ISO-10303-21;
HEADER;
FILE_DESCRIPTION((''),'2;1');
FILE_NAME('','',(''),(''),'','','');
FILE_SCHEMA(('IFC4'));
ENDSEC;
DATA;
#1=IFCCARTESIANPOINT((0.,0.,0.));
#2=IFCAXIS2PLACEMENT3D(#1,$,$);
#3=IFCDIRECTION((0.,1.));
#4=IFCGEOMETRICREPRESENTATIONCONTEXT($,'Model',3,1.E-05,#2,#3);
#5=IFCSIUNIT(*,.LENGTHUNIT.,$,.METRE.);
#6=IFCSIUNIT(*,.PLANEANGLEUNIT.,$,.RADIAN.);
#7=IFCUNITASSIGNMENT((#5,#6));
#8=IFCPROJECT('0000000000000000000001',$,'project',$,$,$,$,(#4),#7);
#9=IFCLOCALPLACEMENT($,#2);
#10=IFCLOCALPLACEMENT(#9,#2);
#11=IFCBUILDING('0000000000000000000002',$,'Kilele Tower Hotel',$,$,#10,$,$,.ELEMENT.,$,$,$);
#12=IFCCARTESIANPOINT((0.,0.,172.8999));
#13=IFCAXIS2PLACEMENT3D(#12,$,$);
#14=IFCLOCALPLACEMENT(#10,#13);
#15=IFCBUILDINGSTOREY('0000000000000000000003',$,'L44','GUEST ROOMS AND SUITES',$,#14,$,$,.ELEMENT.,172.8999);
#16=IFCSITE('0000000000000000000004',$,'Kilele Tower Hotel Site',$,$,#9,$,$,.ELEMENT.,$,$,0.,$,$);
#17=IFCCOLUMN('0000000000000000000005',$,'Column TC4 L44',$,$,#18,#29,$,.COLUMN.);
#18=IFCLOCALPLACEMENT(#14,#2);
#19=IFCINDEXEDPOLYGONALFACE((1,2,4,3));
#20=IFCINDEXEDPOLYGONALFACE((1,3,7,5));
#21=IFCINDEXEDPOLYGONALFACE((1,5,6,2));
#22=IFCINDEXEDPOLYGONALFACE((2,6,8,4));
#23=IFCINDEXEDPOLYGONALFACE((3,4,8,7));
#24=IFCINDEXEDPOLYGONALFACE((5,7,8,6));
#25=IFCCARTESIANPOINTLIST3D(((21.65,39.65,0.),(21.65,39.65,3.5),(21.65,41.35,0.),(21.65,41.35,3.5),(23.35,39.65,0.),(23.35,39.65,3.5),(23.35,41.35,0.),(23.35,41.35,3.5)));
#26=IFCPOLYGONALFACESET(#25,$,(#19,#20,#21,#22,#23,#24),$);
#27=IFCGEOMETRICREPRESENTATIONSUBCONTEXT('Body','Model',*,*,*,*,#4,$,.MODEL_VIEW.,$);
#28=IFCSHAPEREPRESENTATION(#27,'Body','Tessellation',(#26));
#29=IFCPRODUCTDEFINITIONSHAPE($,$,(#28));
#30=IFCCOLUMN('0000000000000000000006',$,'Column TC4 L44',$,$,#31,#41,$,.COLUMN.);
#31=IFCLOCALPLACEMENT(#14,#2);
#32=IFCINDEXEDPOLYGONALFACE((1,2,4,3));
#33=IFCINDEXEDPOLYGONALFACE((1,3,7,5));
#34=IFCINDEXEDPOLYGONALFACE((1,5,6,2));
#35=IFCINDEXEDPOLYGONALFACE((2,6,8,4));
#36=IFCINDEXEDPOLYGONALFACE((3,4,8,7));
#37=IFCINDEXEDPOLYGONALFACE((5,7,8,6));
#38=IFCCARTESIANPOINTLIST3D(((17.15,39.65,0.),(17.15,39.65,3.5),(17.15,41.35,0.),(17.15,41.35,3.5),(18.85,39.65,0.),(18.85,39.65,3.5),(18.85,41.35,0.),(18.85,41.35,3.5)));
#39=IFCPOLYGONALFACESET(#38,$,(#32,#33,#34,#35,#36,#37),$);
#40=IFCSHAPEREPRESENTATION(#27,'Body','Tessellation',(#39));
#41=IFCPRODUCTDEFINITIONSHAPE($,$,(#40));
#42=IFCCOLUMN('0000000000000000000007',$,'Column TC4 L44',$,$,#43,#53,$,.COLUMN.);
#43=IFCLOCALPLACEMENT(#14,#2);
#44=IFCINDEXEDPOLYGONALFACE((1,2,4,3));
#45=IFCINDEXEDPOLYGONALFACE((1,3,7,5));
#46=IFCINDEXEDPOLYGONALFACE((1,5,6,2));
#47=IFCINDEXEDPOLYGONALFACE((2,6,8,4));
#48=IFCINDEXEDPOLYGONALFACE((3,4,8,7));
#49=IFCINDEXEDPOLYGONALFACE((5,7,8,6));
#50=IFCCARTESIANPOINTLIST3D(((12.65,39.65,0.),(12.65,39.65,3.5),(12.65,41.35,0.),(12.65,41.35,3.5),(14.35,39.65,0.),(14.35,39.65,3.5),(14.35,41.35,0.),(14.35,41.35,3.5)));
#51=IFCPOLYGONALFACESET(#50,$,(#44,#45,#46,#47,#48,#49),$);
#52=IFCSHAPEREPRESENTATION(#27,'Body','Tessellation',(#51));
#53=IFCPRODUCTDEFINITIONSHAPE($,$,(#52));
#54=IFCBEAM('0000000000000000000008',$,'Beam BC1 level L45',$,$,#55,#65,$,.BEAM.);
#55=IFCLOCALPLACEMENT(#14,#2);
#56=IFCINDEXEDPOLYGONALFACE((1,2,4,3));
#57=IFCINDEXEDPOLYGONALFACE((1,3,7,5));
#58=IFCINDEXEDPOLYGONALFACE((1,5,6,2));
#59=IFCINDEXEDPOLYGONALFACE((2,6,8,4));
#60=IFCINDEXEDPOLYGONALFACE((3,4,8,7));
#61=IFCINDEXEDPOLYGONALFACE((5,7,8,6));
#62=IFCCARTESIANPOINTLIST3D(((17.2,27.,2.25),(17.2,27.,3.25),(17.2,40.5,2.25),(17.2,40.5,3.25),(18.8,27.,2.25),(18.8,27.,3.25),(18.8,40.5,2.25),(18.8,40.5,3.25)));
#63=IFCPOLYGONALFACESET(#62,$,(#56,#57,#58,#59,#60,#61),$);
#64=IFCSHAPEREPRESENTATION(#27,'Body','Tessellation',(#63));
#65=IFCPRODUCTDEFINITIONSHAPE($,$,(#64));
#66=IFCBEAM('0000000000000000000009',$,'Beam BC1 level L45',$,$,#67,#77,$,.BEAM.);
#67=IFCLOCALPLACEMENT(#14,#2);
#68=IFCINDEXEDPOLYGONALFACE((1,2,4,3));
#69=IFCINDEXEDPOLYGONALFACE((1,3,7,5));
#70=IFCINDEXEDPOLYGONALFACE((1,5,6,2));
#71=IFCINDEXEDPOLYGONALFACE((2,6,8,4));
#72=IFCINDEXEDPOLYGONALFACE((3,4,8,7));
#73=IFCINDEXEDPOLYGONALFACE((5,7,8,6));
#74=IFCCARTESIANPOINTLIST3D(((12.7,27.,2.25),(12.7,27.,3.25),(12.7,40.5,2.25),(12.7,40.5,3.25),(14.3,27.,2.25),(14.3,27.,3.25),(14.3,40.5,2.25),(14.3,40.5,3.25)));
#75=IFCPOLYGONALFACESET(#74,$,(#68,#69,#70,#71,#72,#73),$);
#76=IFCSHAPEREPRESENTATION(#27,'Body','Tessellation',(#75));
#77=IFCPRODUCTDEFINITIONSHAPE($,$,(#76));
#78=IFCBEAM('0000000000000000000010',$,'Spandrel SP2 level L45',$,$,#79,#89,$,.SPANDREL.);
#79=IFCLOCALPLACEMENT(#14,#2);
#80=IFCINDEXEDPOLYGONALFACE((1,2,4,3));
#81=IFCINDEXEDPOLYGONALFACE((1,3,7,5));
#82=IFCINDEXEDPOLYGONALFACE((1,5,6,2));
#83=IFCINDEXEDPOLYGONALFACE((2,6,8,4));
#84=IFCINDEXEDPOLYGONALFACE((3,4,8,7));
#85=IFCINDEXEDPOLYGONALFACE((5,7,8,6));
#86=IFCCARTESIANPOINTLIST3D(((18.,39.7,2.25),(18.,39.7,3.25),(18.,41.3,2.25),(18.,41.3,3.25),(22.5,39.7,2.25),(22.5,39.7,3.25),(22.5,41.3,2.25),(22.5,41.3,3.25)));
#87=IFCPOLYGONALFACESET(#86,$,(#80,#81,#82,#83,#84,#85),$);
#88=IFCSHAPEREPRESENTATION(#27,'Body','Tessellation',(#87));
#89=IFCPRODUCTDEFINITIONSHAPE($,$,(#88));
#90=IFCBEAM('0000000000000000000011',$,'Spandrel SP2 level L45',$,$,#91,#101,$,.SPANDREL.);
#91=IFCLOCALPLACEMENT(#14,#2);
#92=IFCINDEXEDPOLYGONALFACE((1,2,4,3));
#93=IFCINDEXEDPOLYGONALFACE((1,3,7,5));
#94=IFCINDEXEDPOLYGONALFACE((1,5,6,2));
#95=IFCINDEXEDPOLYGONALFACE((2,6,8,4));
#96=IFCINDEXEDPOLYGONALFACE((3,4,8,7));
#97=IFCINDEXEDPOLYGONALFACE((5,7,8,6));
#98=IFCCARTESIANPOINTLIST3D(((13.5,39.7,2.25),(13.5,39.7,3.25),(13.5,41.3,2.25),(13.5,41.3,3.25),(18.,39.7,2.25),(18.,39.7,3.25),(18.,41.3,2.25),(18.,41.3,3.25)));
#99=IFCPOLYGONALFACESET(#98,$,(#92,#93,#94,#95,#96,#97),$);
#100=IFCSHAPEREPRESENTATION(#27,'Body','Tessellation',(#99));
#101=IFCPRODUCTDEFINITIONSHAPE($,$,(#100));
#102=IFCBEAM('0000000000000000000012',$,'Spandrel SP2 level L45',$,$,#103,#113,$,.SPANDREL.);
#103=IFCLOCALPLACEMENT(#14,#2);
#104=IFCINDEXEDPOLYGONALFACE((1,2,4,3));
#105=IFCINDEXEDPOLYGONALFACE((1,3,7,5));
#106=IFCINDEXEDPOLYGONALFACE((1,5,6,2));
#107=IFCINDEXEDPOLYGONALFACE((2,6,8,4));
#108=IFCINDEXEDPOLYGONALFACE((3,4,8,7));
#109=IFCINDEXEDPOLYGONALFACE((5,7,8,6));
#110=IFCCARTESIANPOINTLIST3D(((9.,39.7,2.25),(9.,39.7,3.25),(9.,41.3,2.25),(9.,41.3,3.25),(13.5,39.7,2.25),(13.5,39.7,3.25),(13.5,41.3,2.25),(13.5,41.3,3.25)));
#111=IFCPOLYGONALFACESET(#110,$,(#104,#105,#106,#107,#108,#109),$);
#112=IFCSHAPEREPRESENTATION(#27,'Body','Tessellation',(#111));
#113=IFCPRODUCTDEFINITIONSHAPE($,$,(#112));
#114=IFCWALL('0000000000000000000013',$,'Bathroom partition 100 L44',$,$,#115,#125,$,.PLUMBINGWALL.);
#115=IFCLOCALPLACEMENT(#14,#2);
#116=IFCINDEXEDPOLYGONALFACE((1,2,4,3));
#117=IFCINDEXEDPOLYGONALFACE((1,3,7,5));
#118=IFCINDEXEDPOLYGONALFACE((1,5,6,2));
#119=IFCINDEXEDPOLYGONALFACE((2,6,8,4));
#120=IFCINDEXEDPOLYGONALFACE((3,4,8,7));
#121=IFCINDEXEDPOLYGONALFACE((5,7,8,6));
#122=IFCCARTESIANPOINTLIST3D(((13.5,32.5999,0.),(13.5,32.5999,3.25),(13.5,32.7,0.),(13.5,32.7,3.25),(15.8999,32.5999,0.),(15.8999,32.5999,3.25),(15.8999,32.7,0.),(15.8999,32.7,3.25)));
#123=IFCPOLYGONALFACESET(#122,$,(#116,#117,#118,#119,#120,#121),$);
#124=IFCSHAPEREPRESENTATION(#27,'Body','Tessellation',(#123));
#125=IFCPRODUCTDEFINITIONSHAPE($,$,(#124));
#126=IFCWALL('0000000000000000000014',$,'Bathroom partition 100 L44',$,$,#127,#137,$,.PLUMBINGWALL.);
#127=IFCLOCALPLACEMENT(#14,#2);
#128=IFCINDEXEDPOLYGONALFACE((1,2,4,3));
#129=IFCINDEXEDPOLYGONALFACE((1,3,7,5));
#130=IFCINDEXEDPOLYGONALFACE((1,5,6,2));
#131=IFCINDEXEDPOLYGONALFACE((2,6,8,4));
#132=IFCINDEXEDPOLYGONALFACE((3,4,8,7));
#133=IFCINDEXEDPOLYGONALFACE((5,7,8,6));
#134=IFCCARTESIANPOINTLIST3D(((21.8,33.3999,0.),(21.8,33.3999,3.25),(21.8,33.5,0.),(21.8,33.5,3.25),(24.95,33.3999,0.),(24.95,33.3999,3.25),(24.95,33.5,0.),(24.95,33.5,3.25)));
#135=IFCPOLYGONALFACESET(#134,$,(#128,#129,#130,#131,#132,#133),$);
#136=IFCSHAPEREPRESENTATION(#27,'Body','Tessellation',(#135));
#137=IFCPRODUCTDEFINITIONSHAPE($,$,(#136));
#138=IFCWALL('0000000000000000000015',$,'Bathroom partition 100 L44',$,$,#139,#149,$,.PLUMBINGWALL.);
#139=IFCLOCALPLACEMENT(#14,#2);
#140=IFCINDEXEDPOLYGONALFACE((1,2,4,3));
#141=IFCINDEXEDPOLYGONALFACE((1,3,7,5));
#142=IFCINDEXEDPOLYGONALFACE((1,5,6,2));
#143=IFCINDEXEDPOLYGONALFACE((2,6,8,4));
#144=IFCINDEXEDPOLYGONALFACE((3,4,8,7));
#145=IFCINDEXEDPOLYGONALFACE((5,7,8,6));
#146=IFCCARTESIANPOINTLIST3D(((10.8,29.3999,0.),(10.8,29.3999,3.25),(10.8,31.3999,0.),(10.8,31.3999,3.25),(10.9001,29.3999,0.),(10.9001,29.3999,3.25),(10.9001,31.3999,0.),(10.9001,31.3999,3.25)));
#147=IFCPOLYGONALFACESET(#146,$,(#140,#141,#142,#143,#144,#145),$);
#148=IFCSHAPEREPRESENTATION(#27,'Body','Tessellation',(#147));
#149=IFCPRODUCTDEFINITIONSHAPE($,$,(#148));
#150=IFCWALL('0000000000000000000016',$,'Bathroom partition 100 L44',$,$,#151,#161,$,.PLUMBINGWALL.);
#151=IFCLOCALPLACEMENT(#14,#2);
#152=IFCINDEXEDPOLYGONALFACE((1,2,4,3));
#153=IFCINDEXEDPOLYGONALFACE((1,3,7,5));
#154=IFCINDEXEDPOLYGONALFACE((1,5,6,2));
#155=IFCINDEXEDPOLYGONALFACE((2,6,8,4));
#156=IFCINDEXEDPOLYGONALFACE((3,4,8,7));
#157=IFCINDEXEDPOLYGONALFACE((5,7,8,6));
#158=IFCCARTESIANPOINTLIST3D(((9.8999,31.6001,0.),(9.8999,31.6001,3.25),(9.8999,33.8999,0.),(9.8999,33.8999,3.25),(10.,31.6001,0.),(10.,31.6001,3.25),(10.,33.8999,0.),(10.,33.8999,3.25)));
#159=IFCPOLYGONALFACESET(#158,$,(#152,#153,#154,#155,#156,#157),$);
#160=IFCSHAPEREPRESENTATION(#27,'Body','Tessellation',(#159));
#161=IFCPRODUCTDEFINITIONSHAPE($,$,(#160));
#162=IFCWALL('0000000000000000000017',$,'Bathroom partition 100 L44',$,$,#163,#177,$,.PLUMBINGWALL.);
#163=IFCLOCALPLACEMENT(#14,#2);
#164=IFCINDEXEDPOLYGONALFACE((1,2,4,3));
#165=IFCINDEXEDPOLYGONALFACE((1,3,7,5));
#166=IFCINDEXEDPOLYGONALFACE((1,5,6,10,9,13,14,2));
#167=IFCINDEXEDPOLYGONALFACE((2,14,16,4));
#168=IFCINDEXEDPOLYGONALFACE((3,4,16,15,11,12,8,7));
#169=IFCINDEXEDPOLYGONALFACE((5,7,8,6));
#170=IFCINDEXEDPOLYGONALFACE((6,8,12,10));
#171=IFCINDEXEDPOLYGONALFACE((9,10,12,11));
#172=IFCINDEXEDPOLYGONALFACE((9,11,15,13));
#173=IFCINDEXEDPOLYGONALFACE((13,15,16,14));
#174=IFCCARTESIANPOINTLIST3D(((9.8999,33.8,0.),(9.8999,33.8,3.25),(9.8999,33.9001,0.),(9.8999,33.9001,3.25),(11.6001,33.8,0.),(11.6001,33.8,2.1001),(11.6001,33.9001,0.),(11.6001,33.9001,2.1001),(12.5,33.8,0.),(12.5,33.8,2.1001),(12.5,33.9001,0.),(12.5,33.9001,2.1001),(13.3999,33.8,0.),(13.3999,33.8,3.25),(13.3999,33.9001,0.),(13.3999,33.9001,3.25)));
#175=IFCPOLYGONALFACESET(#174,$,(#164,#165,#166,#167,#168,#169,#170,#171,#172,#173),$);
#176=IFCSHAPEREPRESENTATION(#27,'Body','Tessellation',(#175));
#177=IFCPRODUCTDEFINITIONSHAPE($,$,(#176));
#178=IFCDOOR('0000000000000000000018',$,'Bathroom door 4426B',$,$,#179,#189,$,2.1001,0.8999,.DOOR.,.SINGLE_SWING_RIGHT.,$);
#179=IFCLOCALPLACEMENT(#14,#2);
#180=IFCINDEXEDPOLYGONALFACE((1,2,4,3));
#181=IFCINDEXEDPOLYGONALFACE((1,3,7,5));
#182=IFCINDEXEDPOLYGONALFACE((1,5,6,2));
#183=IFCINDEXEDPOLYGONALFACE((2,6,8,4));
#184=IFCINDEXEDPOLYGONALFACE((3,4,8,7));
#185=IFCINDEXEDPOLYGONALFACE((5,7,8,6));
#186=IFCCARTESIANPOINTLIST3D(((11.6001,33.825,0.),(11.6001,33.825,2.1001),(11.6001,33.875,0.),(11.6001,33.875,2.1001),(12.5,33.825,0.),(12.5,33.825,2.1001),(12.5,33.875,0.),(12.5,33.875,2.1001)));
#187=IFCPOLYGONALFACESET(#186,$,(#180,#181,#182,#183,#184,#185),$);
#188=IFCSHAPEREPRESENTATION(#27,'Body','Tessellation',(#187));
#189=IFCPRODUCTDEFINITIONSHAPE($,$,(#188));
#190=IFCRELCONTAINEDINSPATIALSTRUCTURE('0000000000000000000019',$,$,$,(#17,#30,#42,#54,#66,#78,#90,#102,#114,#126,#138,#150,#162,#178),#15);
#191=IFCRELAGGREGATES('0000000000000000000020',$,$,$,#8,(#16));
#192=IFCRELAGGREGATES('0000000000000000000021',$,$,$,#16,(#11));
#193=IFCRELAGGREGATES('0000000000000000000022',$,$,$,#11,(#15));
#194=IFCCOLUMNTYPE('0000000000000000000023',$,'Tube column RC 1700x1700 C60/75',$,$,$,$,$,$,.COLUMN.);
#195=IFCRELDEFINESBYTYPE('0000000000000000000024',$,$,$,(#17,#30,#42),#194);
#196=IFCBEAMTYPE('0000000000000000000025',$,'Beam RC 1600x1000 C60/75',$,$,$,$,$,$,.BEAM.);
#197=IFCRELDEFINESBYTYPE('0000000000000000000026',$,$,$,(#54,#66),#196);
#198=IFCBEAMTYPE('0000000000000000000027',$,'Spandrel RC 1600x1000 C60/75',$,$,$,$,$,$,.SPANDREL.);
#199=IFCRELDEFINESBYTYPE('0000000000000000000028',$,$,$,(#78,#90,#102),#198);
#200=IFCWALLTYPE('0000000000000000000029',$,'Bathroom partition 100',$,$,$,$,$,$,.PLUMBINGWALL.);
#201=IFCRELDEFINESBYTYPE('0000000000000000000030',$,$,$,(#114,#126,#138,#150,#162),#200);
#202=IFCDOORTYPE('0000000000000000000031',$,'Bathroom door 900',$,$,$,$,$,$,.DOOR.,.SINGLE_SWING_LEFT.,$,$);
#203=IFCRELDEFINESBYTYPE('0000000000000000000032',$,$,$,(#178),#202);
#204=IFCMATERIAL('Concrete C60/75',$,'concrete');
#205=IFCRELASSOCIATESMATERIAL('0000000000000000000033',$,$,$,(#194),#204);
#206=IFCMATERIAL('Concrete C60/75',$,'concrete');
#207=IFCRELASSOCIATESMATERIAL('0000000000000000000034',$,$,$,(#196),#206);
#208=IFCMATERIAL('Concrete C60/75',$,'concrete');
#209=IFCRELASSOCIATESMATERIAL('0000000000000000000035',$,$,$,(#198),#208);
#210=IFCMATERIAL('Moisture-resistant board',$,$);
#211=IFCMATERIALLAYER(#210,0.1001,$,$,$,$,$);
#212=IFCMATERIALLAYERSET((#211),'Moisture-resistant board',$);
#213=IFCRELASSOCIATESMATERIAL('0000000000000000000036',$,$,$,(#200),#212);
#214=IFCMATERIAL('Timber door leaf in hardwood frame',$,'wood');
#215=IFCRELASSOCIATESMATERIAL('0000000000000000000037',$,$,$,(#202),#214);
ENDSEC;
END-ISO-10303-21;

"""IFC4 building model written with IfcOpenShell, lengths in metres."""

from ifc_helpers import new_model, si_unit, direction, frame, frame_2d, origin, origin_2d, place, context, subcontext, project, spatial, rectangle, extrude, material, layer, layer_set, material_profile, profile_set, type_object, element, fill, save


model = new_model("IFC4")

# Units and contexts
model_context = context("Model", 3, precision=1e-05, world=origin(), true_north=direction((0.0, 1.0)))
body_context = subcontext(model_context, "Body", "Model", "MODEL_VIEW")
ifc_project = project(units=[si_unit("LENGTHUNIT", "METRE"), si_unit("PLANEANGLEUNIT", "RADIAN")], contexts=[model_context])

# Site, building, storey
site_placement = place(None, origin())
site = spatial("IfcSite", under=ifc_project, at=site_placement, Name="Kilele Tower Hotel Site", CompositionType="ELEMENT", RefElevation=0.0)
building_placement = place(site_placement, origin())
building = spatial("IfcBuilding", under=site, at=building_placement, Name="Kilele Tower Hotel", CompositionType="ELEMENT")
storey_placement = place(building_placement, frame((0.0, 0.0, 172.8999)))
storey = spatial("IfcBuildingStorey", under=building, at=storey_placement, Name="L44", Description="GUEST ROOMS AND SUITES", CompositionType="ELEMENT", Elevation=172.8999)

# Columns
ifc_material_1 = material(Name="Concrete C60/75", Category="concrete")
ifc_material_profile_1 = material_profile(ifc_material_1, rectangle(XDim=1.7, YDim=1.7, at=origin_2d()))
ifc_profile_set_1 = profile_set([ifc_material_profile_1], Name="Concrete C60/75")
column_type = type_object("IfcColumnType", Name="Tube column RC 1700x1700 C60/75", PredefinedType="COLUMN", material=ifc_profile_set_1)
for number, where, z_axis, x_axis, name in (
    (1, (22.5, 40.5, 0.0), (0.0, 0.0, 1.0), (1.0, 0.0, 0.0), "Column TC4 L44"),
    (2, (18.0, 40.5, 0.0), (0.0, 0.0, 1.0), (1.0, 0.0, 0.0), "Column TC4 L44"),
    (3, (13.5, 40.5, 0.0), (0.0, 0.0, 1.0), (1.0, 0.0, 0.0), "Column TC4 L44"),
):
    element("IfcColumn", number, at=place(storey_placement, frame(where, z_axis=z_axis, x_axis=x_axis)), inside=storey, type_object=column_type, Name=name, PredefinedType="COLUMN", context=body_context, shape_type="SweptSolid", body=[
        extrude(rectangle(XDim=1.7, YDim=1.7, at=origin_2d()), origin(), (0.0, 0.0, 1.0), 3.5),
    ])

# Beams
ifc_material_2 = material(Name="Concrete C60/75", Category="concrete")
ifc_material_profile_2 = material_profile(ifc_material_2, rectangle(XDim=1.6001, YDim=1.0, at=origin_2d()))
ifc_profile_set_2 = profile_set([ifc_material_profile_2], Name="Concrete C60/75")
beam_type_1 = type_object("IfcBeamType", Name="Beam RC 1600x1000 C60/75", PredefinedType="BEAM", material=ifc_profile_set_2)
for number, where, z_axis, x_axis, name in (
    (4, (18.0, 40.5, 2.75), (0.0, -1.0, 0.0), (1.0, 0.0, 0.0), "Beam BC1 level L45"),
    (5, (13.5, 40.5, 2.75), (0.0, -1.0, 0.0), (1.0, 0.0, 0.0), "Beam BC1 level L45"),
):
    element("IfcBeam", number, at=place(storey_placement, frame(where, z_axis=z_axis, x_axis=x_axis)), inside=storey, type_object=beam_type_1, Name=name, PredefinedType="BEAM", context=body_context, shape_type="SweptSolid", body=[
        extrude(rectangle(XDim=1.6001, YDim=1.0, at=origin_2d()), origin(), (0.0, 0.0, 1.0), 13.5),
    ])
ifc_material_3 = material(Name="Concrete C60/75", Category="concrete")
ifc_material_profile_3 = material_profile(ifc_material_3, rectangle(XDim=1.6001, YDim=1.0, at=origin_2d()))
ifc_profile_set_3 = profile_set([ifc_material_profile_3], Name="Concrete C60/75")
beam_type_2 = type_object("IfcBeamType", Name="Spandrel RC 1600x1000 C60/75", PredefinedType="SPANDREL", material=ifc_profile_set_3)
for number, where, z_axis, x_axis, name in (
    (6, (22.5, 40.5, 2.75), (-1.0, 0.0, 0.0), (0.0, -1.0, 0.0), "Spandrel SP2 level L45"),
    (7, (18.0, 40.5, 2.75), (-1.0, 0.0, 0.0), (0.0, -1.0, 0.0), "Spandrel SP2 level L45"),
    (8, (13.5, 40.5, 2.75), (-1.0, 0.0, 0.0), (0.0, -1.0, 0.0), "Spandrel SP2 level L45"),
):
    element("IfcBeam", number, at=place(storey_placement, frame(where, z_axis=z_axis, x_axis=x_axis)), inside=storey, type_object=beam_type_2, Name=name, PredefinedType="SPANDREL", context=body_context, shape_type="SweptSolid", body=[
        extrude(rectangle(XDim=1.6001, YDim=1.0, at=origin_2d()), origin(), (0.0, 0.0, 1.0), 4.5),
    ])

# Walls
ifc_material_4 = material(Name="Moisture-resistant board")
ifc_layer_1 = layer(ifc_material_4, 0.1001)
ifc_layer_set_1 = layer_set([ifc_layer_1], Name="Moisture-resistant board")
wall_type_1 = type_object("IfcWallType", Name="Bathroom partition 100", PredefinedType="PLUMBINGWALL", material=ifc_layer_set_1)
wall_1_placement = place(storey_placement, frame((13.5, 32.6499, 0.0), z_axis=(0.0, 0.0, 1.0), x_axis=(1.0, 0.0, 0.0)))
element("IfcWall", 9, at=wall_1_placement, inside=storey, type_object=wall_type_1, Name="Bathroom partition 100 L44", PredefinedType="PLUMBINGWALL", context=body_context, shape_type="SweptSolid", body=[
    extrude(rectangle(XDim=2.3999, YDim=0.1001, at=frame_2d((1.2, 0.0))), origin(), (0.0, 0.0, 1.0), 3.25),
])
wall_2_placement = place(storey_placement, frame((21.8, 33.45, 0.0), z_axis=(0.0, 0.0, 1.0), x_axis=(1.0, 0.0, 0.0)))
element("IfcWall", 10, at=wall_2_placement, inside=storey, type_object=wall_type_1, Name="Bathroom partition 100 L44", PredefinedType="PLUMBINGWALL", context=body_context, shape_type="SweptSolid", body=[
    extrude(rectangle(XDim=3.1499, YDim=0.1001, at=frame_2d((1.575, 0.0))), origin(), (0.0, 0.0, 1.0), 3.25),
])
wall_3_placement = place(storey_placement, frame((10.8501, 31.3999, 0.0), z_axis=(0.0, 0.0, 1.0), x_axis=(0.0, -1.0, 0.0)))
element("IfcWall", 11, at=wall_3_placement, inside=storey, type_object=wall_type_1, Name="Bathroom partition 100 L44", PredefinedType="PLUMBINGWALL", context=body_context, shape_type="SweptSolid", body=[
    extrude(rectangle(XDim=2.0, YDim=0.1001, at=frame_2d((1.0, 0.0))), origin(), (0.0, 0.0, 1.0), 3.25),
])
wall_4_placement = place(storey_placement, frame((9.95, 31.6001, 0.0), z_axis=(0.0, 0.0, 1.0), x_axis=(0.0, 1.0, 0.0)))
element("IfcWall", 12, at=wall_4_placement, inside=storey, type_object=wall_type_1, Name="Bathroom partition 100 L44", PredefinedType="PLUMBINGWALL", context=body_context, shape_type="SweptSolid", body=[
    extrude(rectangle(XDim=2.2998, YDim=0.1001, at=frame_2d((1.1499, 0.0))), origin(), (0.0, 0.0, 1.0), 3.25),
])

# Wall, opening, door
wall_5_placement = place(storey_placement, frame((13.3999, 33.8501, 0.0), z_axis=(0.0, 0.0, 1.0), x_axis=(-1.0, 0.0, 0.0)))
wall_5 = element("IfcWall", 13, at=wall_5_placement, inside=storey, type_object=wall_type_1, Name="Bathroom partition 100 L44", PredefinedType="PLUMBINGWALL", context=body_context, shape_type="SweptSolid", body=[
    extrude(rectangle(XDim=3.5, YDim=0.1001, at=frame_2d((1.75, 0.0))), origin(), (0.0, 0.0, 1.0), 3.25),
])
opening_1_placement = place(wall_5_placement, frame((1.7998, 0.0, 0.0), z_axis=(0.0, 0.0, 1.0), x_axis=(-1.0, 0.0, 0.0)))
opening_1 = element("IfcOpeningElement", 14, at=opening_1_placement, cuts=wall_5, PredefinedType="OPENING", context=body_context, shape_type="SweptSolid", body=[
    extrude(rectangle(XDim=0.8999, YDim=2.1001, at=frame_2d((0.45, 1.05))), frame((0.0, 0.0601, 0.0), z_axis=(0.0, -1.0, 0.0), x_axis=(1.0, 0.0, 0.0)), (0.0, 0.0, 1.0), 0.1201),
])
ifc_material_5 = material(Name="Timber door leaf in hardwood frame", Category="wood")
door_type_1 = type_object("IfcDoorType", Name="Bathroom door 900", OperationType="SINGLE_SWING_LEFT", PredefinedType="DOOR", material=ifc_material_5)
door_1_placement = place(opening_1_placement, origin())
door_1 = element("IfcDoor", 15, at=door_1_placement, inside=storey, type_object=door_type_1, Name="Bathroom door 4426B", OperationType="SINGLE_SWING_RIGHT", OverallHeight=2.1001, OverallWidth=0.8999, PredefinedType="DOOR", context=body_context, shape_type="SweptSolid", body=[
    extrude(rectangle(XDim=0.8999, YDim=2.1001, at=frame_2d((0.45, 1.05))), frame((0.0, 0.0249, 0.0), z_axis=(0.0, -1.0, 0.0), x_axis=(1.0, 0.0, 0.0)), (0.0, 0.0, 1.0), 0.05),
])
fill(opening_1, door_1)

save(model, "model.ifc")
